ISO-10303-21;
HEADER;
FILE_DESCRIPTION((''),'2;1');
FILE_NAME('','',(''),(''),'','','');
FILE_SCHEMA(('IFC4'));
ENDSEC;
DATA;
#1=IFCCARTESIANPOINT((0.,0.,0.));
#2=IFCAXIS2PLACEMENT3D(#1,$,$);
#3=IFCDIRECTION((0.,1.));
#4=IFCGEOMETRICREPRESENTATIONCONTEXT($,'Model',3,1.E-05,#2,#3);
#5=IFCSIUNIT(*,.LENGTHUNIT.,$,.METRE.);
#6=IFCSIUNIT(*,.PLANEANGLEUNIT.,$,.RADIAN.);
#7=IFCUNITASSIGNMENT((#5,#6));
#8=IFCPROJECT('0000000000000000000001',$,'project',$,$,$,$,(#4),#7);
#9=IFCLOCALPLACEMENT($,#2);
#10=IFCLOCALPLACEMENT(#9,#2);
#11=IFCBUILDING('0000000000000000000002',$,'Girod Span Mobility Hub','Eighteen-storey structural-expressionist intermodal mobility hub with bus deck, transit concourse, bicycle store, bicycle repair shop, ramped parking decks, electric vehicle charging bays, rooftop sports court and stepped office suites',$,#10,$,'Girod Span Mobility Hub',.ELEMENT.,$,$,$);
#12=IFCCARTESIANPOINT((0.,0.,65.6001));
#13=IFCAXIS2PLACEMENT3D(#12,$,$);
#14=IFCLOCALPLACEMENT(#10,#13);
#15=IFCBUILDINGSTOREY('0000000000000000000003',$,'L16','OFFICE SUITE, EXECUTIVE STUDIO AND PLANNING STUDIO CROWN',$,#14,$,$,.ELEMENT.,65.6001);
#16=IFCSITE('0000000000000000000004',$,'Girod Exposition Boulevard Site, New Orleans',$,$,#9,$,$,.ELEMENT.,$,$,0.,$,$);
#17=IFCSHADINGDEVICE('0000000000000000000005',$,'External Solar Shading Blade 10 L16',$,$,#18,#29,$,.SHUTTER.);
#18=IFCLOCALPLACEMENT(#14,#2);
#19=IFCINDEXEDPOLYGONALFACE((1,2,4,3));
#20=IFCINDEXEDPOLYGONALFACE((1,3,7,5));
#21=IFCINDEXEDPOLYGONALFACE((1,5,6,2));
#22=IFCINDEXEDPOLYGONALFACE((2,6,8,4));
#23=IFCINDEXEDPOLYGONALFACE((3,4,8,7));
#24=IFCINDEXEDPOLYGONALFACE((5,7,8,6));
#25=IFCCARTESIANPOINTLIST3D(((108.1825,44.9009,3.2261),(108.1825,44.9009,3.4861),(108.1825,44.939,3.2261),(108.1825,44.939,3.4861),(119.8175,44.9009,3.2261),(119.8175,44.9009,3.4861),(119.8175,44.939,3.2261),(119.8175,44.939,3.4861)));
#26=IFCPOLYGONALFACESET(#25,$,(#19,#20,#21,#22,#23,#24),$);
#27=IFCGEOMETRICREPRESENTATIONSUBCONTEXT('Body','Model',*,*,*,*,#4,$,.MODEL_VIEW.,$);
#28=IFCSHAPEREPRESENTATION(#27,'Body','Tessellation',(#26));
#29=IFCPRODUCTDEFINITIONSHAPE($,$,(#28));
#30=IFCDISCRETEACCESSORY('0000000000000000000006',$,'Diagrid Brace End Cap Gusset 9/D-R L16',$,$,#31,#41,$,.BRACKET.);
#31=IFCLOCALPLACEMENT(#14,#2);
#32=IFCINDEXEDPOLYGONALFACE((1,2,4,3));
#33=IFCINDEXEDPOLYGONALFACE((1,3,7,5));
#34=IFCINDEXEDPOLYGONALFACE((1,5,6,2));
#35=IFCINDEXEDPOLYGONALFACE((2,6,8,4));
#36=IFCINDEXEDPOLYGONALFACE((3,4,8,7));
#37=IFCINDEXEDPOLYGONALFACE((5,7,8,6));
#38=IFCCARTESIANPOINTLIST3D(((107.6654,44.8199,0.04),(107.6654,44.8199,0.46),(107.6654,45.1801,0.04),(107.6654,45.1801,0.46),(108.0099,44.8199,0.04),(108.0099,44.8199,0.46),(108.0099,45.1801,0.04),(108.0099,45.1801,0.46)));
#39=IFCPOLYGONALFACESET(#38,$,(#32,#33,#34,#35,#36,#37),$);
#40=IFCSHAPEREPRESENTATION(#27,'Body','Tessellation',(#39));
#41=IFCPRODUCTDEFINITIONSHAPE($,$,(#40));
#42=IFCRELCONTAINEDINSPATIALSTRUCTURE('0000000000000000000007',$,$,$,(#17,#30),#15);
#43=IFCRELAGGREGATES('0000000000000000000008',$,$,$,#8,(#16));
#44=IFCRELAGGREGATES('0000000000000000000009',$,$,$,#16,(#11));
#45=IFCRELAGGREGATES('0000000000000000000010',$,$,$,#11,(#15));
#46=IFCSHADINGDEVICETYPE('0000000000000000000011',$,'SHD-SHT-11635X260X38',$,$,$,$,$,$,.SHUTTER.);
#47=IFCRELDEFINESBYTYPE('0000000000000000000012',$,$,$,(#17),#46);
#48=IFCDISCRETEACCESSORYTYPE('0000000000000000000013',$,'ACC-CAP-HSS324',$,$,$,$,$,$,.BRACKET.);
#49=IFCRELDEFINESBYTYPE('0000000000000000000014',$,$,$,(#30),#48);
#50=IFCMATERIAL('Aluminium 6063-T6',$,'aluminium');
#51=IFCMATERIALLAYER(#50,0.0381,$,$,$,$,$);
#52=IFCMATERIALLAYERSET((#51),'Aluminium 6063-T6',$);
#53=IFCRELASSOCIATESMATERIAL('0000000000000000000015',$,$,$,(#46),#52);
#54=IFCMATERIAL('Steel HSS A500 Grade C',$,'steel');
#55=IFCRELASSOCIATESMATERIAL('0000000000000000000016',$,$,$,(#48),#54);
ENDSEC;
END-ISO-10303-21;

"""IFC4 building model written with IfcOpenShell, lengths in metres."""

from ifc_helpers import new_model, si_unit, direction, frame, origin, origin_2d, place, context, subcontext, project, spatial, rectangle, extrude, material, layer, layer_set, type_object, element, save


model = new_model("IFC4")

# Units and contexts
model_context = context("Model", 3, precision=1e-05, world=origin(), true_north=direction((0.0, 1.0)))
body_context = subcontext(model_context, "Body", "Model", "MODEL_VIEW")
ifc_project = project(units=[si_unit("LENGTHUNIT", "METRE"), si_unit("PLANEANGLEUNIT", "RADIAN")], contexts=[model_context])

# Site, building, storey
site_placement = place(None, origin())
site = spatial("IfcSite", under=ifc_project, at=site_placement, Name="Girod Exposition Boulevard Site, New Orleans", CompositionType="ELEMENT", RefElevation=0.0)
building_placement = place(site_placement, origin())
building = spatial("IfcBuilding", under=site, at=building_placement, Name="Girod Span Mobility Hub", Description="Eighteen-storey structural-expressionist intermodal mobility hub with bus deck, transit concourse, bicycle store, bicycle repair shop, ramped parking decks, electric vehicle charging bays, rooftop sports court and stepped office suites", LongName="Girod Span Mobility Hub", CompositionType="ELEMENT")
storey_placement = place(building_placement, frame((0.0, 0.0, 65.6001)))
storey = spatial("IfcBuildingStorey", under=building, at=storey_placement, Name="L16", Description="OFFICE SUITE, EXECUTIVE STUDIO AND PLANNING STUDIO CROWN", CompositionType="ELEMENT", Elevation=65.6001)

# Shading device
ifc_material_1 = material(Name="Aluminium 6063-T6", Category="aluminium")
ifc_layer_1 = layer(ifc_material_1, 0.0381)
ifc_layer_set_1 = layer_set([ifc_layer_1], Name="Aluminium 6063-T6")
shading_device_type = type_object("IfcShadingDeviceType", Name="SHD-SHT-11635X260X38", PredefinedType="SHUTTER", material=ifc_layer_set_1)
shading_device_placement = place(storey_placement, frame((114.0, 44.9199, 3.2261), z_axis=(0.0, 0.0, 1.0), x_axis=(1.0, 0.0, 0.0)))
element("IfcShadingDevice", 1, at=shading_device_placement, inside=storey, type_object=shading_device_type, Name="External Solar Shading Blade 10 L16", PredefinedType="SHUTTER", context=body_context, shape_type="SweptSolid", body=[
    extrude(rectangle(XDim=11.635, YDim=0.0381, at=origin_2d()), origin(), (0.0, 0.0, 1.0), 0.26),
])

# Discrete accessory
ifc_material_2 = material(Name="Steel HSS A500 Grade C", Category="steel")
discrete_accessory_type = type_object("IfcDiscreteAccessoryType", Name="ACC-CAP-HSS324", PredefinedType="BRACKET", material=ifc_material_2)
discrete_accessory_placement = place(storey_placement, frame((107.8376, 45.0, 0.04), z_axis=(0.0, 0.0, 1.0), x_axis=(1.0, 0.0, 0.0)))
element("IfcDiscreteAccessory", 2, at=discrete_accessory_placement, inside=storey, type_object=discrete_accessory_type, Name="Diagrid Brace End Cap Gusset 9/D-R L16", PredefinedType="BRACKET", context=body_context, shape_type="SweptSolid", body=[
    extrude(rectangle(XDim=0.3445, YDim=0.3601, at=origin_2d()), origin(), (0.0, 0.0, 1.0), 0.4199),
])

save(model, "model.ifc")
